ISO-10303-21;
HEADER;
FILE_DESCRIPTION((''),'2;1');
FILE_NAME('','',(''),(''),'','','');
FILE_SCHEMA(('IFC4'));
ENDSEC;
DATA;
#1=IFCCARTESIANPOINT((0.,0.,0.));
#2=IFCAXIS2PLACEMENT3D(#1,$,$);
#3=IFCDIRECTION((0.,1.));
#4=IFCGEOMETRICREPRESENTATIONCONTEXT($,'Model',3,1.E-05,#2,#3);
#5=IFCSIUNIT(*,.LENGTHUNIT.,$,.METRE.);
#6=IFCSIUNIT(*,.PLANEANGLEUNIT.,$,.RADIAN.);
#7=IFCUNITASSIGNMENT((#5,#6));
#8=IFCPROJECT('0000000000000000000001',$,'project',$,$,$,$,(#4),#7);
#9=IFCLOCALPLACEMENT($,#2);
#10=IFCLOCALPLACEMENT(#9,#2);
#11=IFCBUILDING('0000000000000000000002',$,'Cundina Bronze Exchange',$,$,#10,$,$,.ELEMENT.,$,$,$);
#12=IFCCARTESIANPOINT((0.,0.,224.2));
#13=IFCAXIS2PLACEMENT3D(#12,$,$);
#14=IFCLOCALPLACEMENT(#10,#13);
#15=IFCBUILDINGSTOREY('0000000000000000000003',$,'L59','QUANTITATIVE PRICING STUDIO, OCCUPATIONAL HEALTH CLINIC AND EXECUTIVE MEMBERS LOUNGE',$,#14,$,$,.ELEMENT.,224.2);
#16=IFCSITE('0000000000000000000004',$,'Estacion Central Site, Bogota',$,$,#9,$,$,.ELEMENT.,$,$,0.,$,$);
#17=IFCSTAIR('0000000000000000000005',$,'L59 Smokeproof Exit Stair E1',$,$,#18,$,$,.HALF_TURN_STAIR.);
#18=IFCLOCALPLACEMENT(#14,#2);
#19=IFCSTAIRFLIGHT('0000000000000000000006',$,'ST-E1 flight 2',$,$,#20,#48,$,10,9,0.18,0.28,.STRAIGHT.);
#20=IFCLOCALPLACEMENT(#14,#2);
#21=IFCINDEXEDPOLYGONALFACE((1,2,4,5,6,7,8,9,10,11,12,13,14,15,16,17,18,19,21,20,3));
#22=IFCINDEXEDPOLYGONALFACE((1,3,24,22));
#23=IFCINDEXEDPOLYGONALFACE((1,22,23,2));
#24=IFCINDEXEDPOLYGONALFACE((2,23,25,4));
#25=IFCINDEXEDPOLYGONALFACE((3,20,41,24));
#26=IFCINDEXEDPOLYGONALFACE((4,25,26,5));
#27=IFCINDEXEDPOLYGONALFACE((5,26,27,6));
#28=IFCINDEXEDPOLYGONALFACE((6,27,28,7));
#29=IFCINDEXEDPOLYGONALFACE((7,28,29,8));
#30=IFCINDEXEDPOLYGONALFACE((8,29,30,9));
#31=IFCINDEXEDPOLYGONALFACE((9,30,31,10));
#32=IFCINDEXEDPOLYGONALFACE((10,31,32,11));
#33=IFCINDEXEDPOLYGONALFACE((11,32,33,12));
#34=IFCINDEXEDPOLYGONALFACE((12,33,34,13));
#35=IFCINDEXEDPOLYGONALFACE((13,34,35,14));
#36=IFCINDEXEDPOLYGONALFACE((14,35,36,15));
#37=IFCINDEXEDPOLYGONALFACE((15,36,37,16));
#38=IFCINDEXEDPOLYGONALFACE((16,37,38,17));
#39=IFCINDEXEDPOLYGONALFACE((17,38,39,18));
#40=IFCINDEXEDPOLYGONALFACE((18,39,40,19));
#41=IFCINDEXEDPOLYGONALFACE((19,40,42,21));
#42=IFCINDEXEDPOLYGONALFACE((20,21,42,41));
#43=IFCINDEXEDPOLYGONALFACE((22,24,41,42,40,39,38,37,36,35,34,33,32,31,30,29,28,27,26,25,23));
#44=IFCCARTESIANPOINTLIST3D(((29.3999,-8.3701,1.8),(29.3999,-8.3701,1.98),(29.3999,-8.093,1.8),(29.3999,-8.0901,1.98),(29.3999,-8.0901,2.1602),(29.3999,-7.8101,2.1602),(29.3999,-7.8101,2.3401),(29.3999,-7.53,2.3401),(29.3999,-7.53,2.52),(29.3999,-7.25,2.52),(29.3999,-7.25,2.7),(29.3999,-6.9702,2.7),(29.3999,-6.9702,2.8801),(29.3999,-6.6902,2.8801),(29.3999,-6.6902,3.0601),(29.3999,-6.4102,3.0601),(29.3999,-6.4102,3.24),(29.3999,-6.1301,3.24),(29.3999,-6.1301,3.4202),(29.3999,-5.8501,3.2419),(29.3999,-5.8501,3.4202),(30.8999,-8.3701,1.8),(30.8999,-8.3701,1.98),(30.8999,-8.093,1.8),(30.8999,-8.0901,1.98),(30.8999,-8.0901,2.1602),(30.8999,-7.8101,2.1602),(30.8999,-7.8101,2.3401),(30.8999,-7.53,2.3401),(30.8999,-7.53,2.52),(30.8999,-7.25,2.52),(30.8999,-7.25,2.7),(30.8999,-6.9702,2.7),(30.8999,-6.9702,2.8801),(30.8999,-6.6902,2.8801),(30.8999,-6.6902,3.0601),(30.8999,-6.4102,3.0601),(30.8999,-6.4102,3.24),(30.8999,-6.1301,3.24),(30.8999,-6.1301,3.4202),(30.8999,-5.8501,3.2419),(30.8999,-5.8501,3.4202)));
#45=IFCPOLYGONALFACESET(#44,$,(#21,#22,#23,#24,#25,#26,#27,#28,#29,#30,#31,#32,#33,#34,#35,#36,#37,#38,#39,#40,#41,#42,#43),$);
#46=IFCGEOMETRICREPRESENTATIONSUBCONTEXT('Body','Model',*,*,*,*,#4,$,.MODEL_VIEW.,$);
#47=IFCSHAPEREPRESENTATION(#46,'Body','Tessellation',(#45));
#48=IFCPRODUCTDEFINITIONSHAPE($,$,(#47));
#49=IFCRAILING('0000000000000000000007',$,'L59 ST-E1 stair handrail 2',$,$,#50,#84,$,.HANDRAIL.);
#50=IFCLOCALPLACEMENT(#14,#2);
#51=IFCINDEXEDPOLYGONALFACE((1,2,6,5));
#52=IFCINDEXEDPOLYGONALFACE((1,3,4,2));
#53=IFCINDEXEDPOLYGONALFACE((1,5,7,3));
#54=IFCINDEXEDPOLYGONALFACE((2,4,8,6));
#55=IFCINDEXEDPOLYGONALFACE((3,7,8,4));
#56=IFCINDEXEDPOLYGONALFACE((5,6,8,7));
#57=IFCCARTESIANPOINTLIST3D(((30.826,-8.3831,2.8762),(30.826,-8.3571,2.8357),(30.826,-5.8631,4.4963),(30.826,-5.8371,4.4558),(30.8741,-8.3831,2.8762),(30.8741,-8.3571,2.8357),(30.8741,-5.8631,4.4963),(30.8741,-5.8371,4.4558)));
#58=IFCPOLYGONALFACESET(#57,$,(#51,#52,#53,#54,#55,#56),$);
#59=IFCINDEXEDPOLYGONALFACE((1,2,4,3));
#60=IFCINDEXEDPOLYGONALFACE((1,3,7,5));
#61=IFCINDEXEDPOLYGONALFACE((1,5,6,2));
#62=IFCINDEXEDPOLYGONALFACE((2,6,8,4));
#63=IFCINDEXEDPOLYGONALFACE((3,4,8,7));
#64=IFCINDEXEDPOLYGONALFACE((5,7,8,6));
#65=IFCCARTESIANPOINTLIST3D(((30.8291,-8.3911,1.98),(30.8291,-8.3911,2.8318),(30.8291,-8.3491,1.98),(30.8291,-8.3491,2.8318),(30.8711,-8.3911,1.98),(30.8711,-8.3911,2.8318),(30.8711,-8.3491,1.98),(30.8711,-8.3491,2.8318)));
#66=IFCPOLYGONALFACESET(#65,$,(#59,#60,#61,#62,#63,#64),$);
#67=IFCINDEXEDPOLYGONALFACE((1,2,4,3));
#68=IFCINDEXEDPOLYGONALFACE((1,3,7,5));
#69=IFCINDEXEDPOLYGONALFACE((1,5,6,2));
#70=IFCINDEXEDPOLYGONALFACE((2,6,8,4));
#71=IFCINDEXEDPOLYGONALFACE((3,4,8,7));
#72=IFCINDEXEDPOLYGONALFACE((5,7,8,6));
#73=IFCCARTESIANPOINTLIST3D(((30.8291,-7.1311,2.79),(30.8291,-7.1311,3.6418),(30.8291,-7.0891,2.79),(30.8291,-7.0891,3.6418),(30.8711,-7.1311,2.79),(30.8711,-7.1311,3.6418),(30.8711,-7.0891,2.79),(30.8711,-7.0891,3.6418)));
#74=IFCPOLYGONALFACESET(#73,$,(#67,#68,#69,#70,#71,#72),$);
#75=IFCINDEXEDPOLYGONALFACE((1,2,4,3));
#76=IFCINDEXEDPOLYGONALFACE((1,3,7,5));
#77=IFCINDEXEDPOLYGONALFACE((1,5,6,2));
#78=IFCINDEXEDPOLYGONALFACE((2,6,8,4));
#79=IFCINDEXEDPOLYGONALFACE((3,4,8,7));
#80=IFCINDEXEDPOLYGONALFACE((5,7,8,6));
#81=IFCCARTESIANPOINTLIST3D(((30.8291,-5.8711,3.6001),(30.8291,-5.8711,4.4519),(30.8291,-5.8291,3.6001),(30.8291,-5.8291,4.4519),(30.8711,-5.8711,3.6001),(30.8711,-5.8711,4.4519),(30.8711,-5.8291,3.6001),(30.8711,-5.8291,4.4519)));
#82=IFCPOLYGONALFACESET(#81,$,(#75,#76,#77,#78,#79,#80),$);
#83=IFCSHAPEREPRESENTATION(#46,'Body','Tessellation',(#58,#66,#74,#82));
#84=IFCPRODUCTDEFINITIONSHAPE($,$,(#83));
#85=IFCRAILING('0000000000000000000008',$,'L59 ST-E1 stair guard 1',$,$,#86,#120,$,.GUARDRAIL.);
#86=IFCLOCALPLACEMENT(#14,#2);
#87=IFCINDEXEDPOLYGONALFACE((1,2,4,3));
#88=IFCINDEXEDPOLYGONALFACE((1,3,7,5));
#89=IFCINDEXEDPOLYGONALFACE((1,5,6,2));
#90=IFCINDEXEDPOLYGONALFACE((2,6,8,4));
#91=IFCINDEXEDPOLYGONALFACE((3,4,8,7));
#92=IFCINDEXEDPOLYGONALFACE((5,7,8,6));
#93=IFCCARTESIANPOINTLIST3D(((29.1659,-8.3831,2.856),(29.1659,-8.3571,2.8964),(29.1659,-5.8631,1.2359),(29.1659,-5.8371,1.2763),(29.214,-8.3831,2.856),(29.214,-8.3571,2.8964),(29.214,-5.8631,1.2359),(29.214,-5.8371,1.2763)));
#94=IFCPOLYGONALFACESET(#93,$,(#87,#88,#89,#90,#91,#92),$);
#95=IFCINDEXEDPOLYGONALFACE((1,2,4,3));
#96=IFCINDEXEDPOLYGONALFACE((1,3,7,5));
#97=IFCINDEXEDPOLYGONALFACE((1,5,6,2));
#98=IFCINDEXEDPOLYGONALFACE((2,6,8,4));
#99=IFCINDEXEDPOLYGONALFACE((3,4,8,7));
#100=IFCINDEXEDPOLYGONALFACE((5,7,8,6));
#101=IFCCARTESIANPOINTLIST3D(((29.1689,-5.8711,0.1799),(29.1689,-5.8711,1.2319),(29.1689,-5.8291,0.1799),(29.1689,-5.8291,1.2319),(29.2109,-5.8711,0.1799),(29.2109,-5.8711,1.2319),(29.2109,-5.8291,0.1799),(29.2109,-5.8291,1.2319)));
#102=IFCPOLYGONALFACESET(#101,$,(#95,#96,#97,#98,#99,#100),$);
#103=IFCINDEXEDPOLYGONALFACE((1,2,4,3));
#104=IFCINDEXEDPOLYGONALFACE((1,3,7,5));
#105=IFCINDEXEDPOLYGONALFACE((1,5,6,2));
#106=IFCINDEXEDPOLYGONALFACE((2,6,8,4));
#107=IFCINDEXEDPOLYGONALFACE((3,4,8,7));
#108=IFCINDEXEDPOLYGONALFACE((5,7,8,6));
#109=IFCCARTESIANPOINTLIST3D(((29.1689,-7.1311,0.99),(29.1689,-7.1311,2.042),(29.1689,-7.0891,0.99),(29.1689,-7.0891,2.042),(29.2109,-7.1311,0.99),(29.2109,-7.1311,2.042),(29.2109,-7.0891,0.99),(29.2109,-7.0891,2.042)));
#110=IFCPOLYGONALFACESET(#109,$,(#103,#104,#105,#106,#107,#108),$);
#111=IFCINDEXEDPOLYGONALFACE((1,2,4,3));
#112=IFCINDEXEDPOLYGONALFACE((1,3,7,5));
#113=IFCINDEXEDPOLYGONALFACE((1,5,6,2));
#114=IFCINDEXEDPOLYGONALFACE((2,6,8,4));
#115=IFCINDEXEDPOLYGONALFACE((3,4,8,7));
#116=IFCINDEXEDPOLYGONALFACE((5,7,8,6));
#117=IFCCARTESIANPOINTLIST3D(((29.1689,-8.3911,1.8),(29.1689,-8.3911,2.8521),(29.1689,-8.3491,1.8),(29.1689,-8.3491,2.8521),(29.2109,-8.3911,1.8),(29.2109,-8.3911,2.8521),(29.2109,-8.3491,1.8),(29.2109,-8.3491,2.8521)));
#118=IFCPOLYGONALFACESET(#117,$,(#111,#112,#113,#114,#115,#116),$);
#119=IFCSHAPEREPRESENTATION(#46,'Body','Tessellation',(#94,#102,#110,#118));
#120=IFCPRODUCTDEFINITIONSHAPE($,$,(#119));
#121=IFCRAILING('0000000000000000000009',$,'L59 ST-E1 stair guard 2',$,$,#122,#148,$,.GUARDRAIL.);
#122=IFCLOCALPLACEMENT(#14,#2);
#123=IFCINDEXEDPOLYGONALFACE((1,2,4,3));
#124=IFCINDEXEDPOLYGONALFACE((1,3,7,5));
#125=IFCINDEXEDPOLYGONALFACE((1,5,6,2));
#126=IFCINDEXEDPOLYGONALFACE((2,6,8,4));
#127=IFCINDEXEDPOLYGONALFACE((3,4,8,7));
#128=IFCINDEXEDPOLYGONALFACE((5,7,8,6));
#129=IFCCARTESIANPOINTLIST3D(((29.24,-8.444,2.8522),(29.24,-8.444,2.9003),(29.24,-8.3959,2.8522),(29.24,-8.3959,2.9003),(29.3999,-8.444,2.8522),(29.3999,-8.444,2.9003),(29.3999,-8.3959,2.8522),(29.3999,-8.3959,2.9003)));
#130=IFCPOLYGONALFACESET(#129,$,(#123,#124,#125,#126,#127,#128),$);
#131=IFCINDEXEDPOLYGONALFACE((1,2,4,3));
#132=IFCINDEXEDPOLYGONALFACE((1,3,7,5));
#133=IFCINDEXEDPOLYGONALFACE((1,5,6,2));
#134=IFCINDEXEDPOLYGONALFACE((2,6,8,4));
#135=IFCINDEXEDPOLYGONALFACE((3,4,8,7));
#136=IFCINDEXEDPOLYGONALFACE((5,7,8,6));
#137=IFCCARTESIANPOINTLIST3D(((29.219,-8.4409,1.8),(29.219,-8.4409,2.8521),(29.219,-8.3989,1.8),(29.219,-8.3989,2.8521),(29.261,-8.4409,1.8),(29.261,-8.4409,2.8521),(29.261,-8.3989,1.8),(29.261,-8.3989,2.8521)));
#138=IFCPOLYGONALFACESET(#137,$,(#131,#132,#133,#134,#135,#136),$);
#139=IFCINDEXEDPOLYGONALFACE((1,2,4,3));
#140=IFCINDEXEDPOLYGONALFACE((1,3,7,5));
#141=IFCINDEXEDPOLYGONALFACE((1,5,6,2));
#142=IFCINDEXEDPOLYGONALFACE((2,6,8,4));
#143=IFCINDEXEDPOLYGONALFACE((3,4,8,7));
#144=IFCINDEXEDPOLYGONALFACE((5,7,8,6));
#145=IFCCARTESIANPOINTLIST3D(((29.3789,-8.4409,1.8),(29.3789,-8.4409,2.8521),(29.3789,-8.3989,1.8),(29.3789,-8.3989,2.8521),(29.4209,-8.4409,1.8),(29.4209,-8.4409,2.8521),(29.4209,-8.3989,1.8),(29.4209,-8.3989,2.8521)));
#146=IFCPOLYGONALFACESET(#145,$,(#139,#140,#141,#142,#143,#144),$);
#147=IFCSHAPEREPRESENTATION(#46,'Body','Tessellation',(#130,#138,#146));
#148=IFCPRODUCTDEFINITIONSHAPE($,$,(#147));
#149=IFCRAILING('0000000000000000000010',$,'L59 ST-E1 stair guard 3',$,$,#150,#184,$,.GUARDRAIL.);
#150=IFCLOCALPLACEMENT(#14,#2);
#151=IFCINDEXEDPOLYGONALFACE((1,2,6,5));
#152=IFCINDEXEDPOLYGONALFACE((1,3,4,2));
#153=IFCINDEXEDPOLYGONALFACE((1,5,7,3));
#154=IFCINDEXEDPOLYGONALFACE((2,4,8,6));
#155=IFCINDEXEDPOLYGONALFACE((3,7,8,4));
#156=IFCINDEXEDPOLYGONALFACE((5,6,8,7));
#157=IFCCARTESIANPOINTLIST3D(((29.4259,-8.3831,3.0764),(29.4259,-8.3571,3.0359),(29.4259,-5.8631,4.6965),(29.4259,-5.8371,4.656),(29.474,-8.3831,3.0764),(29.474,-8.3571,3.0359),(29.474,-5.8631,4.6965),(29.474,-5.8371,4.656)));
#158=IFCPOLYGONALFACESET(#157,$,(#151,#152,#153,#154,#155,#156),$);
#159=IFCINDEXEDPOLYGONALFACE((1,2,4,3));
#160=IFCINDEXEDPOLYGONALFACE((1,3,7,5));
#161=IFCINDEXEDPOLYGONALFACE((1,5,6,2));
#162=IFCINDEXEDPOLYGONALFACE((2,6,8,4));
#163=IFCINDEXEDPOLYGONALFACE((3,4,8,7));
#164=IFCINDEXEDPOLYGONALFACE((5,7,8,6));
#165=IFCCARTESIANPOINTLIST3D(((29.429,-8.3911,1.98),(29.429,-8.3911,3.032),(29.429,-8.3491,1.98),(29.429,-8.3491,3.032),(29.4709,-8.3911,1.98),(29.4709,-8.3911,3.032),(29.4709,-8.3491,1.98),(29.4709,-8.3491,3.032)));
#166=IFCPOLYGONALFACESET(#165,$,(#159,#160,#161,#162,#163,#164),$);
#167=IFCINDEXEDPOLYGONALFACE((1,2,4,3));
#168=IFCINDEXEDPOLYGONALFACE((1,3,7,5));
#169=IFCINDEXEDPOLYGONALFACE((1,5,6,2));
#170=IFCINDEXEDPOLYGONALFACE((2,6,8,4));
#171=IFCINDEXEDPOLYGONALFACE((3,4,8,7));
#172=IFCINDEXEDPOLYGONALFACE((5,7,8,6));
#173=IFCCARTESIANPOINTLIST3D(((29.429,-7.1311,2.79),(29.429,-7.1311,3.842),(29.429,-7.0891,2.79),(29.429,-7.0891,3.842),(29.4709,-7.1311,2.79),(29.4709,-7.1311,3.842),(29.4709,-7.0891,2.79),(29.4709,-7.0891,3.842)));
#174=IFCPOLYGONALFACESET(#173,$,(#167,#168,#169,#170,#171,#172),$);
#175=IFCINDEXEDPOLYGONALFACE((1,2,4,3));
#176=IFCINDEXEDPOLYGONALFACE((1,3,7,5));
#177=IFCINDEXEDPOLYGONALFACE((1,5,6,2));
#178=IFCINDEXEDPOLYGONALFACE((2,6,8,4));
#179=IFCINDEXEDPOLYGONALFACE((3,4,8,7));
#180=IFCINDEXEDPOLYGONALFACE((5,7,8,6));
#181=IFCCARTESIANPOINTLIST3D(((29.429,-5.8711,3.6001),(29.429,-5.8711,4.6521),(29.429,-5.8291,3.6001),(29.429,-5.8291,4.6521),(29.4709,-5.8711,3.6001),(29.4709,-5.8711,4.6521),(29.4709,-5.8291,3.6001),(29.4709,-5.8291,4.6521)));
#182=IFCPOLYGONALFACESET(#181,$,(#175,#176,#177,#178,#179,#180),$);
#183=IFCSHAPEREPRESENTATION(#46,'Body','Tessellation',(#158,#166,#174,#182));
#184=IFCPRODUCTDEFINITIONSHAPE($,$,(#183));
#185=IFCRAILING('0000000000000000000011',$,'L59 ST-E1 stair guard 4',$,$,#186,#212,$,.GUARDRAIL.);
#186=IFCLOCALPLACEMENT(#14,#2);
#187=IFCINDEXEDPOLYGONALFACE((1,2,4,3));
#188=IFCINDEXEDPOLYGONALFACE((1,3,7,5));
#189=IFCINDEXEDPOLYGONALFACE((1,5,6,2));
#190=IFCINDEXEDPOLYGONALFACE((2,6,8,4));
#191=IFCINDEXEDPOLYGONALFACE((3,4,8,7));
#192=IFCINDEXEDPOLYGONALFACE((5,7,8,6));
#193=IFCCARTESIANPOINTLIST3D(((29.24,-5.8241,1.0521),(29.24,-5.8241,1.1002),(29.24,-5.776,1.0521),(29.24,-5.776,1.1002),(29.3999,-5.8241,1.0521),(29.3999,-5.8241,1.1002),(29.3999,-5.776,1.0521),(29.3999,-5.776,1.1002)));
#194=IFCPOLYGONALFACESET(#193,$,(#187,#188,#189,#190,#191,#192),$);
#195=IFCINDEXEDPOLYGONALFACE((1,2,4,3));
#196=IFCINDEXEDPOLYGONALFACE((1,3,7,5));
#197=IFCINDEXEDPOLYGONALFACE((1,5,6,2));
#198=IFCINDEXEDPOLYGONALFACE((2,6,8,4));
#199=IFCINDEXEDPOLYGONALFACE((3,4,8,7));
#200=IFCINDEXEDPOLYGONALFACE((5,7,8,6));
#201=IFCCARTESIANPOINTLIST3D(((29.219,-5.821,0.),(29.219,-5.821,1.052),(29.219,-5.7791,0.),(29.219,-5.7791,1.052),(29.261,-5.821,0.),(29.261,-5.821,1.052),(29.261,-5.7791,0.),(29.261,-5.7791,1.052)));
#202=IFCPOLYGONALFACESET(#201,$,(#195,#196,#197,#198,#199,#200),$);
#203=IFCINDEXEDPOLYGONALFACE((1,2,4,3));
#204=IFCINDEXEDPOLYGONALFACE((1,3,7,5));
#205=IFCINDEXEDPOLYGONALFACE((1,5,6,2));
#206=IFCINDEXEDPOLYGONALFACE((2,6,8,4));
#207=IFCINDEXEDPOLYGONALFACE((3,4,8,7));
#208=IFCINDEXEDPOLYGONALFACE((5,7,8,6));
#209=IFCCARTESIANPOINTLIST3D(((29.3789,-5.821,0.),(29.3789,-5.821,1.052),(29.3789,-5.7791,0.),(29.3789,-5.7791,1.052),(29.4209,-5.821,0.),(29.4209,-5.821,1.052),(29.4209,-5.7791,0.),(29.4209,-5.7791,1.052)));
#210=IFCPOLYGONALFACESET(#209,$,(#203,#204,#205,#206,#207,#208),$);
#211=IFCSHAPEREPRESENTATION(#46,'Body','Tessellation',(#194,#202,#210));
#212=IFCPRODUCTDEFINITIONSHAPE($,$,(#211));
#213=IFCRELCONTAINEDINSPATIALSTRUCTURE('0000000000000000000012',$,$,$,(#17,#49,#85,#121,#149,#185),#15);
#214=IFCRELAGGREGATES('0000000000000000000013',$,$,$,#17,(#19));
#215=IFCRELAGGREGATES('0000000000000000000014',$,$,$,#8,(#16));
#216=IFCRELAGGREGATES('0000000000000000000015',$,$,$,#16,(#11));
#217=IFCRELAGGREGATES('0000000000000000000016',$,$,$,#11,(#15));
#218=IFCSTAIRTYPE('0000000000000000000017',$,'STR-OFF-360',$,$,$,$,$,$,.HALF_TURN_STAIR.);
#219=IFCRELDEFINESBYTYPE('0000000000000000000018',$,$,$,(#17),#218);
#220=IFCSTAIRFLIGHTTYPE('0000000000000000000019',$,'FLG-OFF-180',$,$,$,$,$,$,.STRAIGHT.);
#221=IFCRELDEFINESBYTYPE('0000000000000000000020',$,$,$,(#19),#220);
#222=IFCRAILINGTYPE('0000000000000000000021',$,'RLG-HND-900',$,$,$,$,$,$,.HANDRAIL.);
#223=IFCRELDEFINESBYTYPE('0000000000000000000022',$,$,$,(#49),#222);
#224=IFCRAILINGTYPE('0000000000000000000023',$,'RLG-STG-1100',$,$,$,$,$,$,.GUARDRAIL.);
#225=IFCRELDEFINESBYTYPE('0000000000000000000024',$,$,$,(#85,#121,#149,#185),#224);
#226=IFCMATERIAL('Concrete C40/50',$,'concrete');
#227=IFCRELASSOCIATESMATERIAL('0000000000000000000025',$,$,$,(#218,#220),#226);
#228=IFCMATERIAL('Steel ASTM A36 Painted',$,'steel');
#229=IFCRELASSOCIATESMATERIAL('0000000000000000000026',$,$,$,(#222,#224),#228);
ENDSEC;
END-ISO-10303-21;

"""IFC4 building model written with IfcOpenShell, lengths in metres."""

from ifc_helpers import new_model, si_unit, direction, frame, origin, origin_2d, place, context, subcontext, project, spatial, polyline, rectangle, outline, extrude, material, type_object, element, aggregate, save


model = new_model("IFC4")

# Units and contexts
model_context = context("Model", 3, precision=1e-05, world=origin(), true_north=direction((0.0, 1.0)))
body_context = subcontext(model_context, "Body", "Model", "MODEL_VIEW")
ifc_project = project(units=[si_unit("LENGTHUNIT", "METRE"), si_unit("PLANEANGLEUNIT", "RADIAN")], contexts=[model_context])

# Site, building, storey
site_placement = place(None, origin())
site = spatial("IfcSite", under=ifc_project, at=site_placement, Name="Estacion Central Site, Bogota", CompositionType="ELEMENT", RefElevation=0.0)
building_placement = place(site_placement, origin())
building = spatial("IfcBuilding", under=site, at=building_placement, Name="Cundina Bronze Exchange", CompositionType="ELEMENT")
storey_placement = place(building_placement, frame((0.0, 0.0, 224.2)))
storey = spatial("IfcBuildingStorey", under=building, at=storey_placement, Name="L59", Description="QUANTITATIVE PRICING STUDIO, OCCUPATIONAL HEALTH CLINIC AND EXECUTIVE MEMBERS LOUNGE", CompositionType="ELEMENT", Elevation=224.2)

# Stair, stair flight
ifc_material_1 = material(Name="Concrete C40/50", Category="concrete")
stair_type = type_object("IfcStairType", Name="STR-OFF-360", PredefinedType="HALF_TURN_STAIR", material=ifc_material_1)
stair_placement = place(storey_placement, origin())
stair = element("IfcStair", 1, at=stair_placement, inside=storey, type_object=stair_type, Name="L59 Smokeproof Exit Stair E1", PredefinedType="HALF_TURN_STAIR")
stair_flight_type = type_object("IfcStairFlightType", Name="FLG-OFF-180", PredefinedType="STRAIGHT", material=ifc_material_1)
stair_flight_placement = place(storey_placement, frame((30.1499, -8.3701, 1.8), z_axis=(0.0, 0.0, 1.0), x_axis=(0.0, 1.0, 0.0)))
stair_flight = element("IfcStairFlight", 2, at=stair_flight_placement, type_object=stair_flight_type, Name="ST-E1 flight 2", NumberOfRisers=10, NumberOfTreads=9, PredefinedType="STRAIGHT", RiserHeight=0.18, TreadLength=0.28, context=body_context, shape_type="SweptSolid", body=[
    extrude(outline(polyline([(0.0, 0.0), (0.0, 0.1799), (0.28, 0.1799), (0.28, 0.3601), (0.5601, 0.3601), (0.5601, 0.54), (0.8401, 0.54), (0.8401, 0.72), (1.1201, 0.72), (1.1201, 0.8999), (1.3999, 0.8999), (1.3999, 1.0801), (1.6799, 1.0801), (1.6799, 1.26), (1.96, 1.26), (1.96, 1.4399), (2.24, 1.4399), (2.24, 1.6201), (2.52, 1.6201), (2.52, 1.8), (2.52, 1.4419), (0.2771, 0.0), (0.0, 0.0)])), frame((0.0, 0.75, 0.0), z_axis=(0.0, -1.0, 0.0), x_axis=(1.0, 0.0, 0.0)), (0.0, 0.0, 1.0), 1.5),
])
aggregate(stair, [stair_flight])

# Railings
ifc_material_2 = material(Name="Steel ASTM A36 Painted", Category="steel")
railing_type_1 = type_object("IfcRailingType", Name="RLG-HND-900", PredefinedType="HANDRAIL", material=ifc_material_2)
railing_1_placement = place(storey_placement, frame((30.8501, -8.3701, 1.98)))
element("IfcRailing", 3, at=railing_1_placement, inside=storey, type_object=railing_type_1, Name="L59 ST-E1 stair handrail 2", PredefinedType="HANDRAIL", context=body_context, shape_type="SweptSolid", body=[
    extrude(rectangle(XDim=0.0481, YDim=0.0481, at=origin_2d()), frame((0.0, 0.0, 0.876), z_axis=(0.0, 0.841163, 0.540782), x_axis=(-1.0, 0.0, 0.0)), (0.0, 0.0, 1.0), 2.9958),
    extrude(rectangle(XDim=0.042, YDim=0.042, at=origin_2d()), origin(), (0.0, 0.0, 1.0), 0.8518),
    extrude(rectangle(XDim=0.042, YDim=0.042, at=origin_2d()), frame((0.0, 1.26, 0.8101)), (0.0, 0.0, 1.0), 0.8518),
    extrude(rectangle(XDim=0.042, YDim=0.042, at=origin_2d()), frame((0.0, 2.52, 1.6201)), (0.0, 0.0, 1.0), 0.8518),
])
railing_type_2 = type_object("IfcRailingType", Name="RLG-STG-1100", PredefinedType="GUARDRAIL", material=ifc_material_2)
railing_2_placement = place(storey_placement, frame((29.1899, -5.8501, 0.1799)))
element("IfcRailing", 4, at=railing_2_placement, inside=storey, type_object=railing_type_2, Name="L59 ST-E1 stair guard 1", PredefinedType="GUARDRAIL", context=body_context, shape_type="SweptSolid", body=[
    extrude(rectangle(XDim=0.0481, YDim=0.0481, at=origin_2d()), frame((0.0, 0.0, 1.0762), z_axis=(0.0, -0.841163, 0.540782), x_axis=(1.0, 0.0, 0.0)), (0.0, 0.0, 1.0), 2.9958),
    extrude(rectangle(XDim=0.042, YDim=0.042, at=origin_2d()), origin(), (0.0, 0.0, 1.0), 1.052),
    extrude(rectangle(XDim=0.042, YDim=0.042, at=origin_2d()), frame((0.0, -1.26, 0.8101)), (0.0, 0.0, 1.0), 1.052),
    extrude(rectangle(XDim=0.042, YDim=0.042, at=origin_2d()), frame((0.0, -2.52, 1.6201)), (0.0, 0.0, 1.0), 1.052),
])
railing_3_placement = place(storey_placement, frame((29.24, -8.4199, 1.8)))
element("IfcRailing", 5, at=railing_3_placement, inside=storey, type_object=railing_type_2, Name="L59 ST-E1 stair guard 2", PredefinedType="GUARDRAIL", context=body_context, shape_type="SweptSolid", body=[
    extrude(rectangle(XDim=0.0481, YDim=0.0481, at=origin_2d()), frame((0.0, 0.0, 1.0762), z_axis=(1.0, 0.0, 0.0), x_axis=(0.0, 1.0, 0.0)), (0.0, 0.0, 1.0), 0.1599),
    extrude(rectangle(XDim=0.042, YDim=0.042, at=origin_2d()), origin(), (0.0, 0.0, 1.0), 1.052),
    extrude(rectangle(XDim=0.042, YDim=0.042, at=origin_2d()), frame((0.1599, 0.0, 0.0)), (0.0, 0.0, 1.0), 1.052),
])
railing_4_placement = place(storey_placement, frame((29.45, -8.3701, 1.98)))
element("IfcRailing", 6, at=railing_4_placement, inside=storey, type_object=railing_type_2, Name="L59 ST-E1 stair guard 3", PredefinedType="GUARDRAIL", context=body_context, shape_type="SweptSolid", body=[
    extrude(rectangle(XDim=0.0481, YDim=0.0481, at=origin_2d()), frame((0.0, 0.0, 1.0762), z_axis=(0.0, 0.841163, 0.540782), x_axis=(-1.0, 0.0, 0.0)), (0.0, 0.0, 1.0), 2.9958),
    extrude(rectangle(XDim=0.042, YDim=0.042, at=origin_2d()), origin(), (0.0, 0.0, 1.0), 1.052),
    extrude(rectangle(XDim=0.042, YDim=0.042, at=origin_2d()), frame((0.0, 1.26, 0.8101)), (0.0, 0.0, 1.0), 1.052),
    extrude(rectangle(XDim=0.042, YDim=0.042, at=origin_2d()), frame((0.0, 2.52, 1.6201)), (0.0, 0.0, 1.0), 1.052),
])
railing_5_placement = place(storey_placement, frame((29.24, -5.8, 0.0)))
element("IfcRailing", 7, at=railing_5_placement, inside=storey, type_object=railing_type_2, Name="L59 ST-E1 stair guard 4", PredefinedType="GUARDRAIL", context=body_context, shape_type="SweptSolid", body=[
    extrude(rectangle(XDim=0.0481, YDim=0.0481, at=origin_2d()), frame((0.0, 0.0, 1.0762), z_axis=(1.0, 0.0, 0.0), x_axis=(0.0, 1.0, 0.0)), (0.0, 0.0, 1.0), 0.1599),
    extrude(rectangle(XDim=0.042, YDim=0.042, at=origin_2d()), origin(), (0.0, 0.0, 1.0), 1.052),
    extrude(rectangle(XDim=0.042, YDim=0.042, at=origin_2d()), frame((0.1599, 0.0, 0.0)), (0.0, 0.0, 1.0), 1.052),
])

save(model, "model.ifc")
